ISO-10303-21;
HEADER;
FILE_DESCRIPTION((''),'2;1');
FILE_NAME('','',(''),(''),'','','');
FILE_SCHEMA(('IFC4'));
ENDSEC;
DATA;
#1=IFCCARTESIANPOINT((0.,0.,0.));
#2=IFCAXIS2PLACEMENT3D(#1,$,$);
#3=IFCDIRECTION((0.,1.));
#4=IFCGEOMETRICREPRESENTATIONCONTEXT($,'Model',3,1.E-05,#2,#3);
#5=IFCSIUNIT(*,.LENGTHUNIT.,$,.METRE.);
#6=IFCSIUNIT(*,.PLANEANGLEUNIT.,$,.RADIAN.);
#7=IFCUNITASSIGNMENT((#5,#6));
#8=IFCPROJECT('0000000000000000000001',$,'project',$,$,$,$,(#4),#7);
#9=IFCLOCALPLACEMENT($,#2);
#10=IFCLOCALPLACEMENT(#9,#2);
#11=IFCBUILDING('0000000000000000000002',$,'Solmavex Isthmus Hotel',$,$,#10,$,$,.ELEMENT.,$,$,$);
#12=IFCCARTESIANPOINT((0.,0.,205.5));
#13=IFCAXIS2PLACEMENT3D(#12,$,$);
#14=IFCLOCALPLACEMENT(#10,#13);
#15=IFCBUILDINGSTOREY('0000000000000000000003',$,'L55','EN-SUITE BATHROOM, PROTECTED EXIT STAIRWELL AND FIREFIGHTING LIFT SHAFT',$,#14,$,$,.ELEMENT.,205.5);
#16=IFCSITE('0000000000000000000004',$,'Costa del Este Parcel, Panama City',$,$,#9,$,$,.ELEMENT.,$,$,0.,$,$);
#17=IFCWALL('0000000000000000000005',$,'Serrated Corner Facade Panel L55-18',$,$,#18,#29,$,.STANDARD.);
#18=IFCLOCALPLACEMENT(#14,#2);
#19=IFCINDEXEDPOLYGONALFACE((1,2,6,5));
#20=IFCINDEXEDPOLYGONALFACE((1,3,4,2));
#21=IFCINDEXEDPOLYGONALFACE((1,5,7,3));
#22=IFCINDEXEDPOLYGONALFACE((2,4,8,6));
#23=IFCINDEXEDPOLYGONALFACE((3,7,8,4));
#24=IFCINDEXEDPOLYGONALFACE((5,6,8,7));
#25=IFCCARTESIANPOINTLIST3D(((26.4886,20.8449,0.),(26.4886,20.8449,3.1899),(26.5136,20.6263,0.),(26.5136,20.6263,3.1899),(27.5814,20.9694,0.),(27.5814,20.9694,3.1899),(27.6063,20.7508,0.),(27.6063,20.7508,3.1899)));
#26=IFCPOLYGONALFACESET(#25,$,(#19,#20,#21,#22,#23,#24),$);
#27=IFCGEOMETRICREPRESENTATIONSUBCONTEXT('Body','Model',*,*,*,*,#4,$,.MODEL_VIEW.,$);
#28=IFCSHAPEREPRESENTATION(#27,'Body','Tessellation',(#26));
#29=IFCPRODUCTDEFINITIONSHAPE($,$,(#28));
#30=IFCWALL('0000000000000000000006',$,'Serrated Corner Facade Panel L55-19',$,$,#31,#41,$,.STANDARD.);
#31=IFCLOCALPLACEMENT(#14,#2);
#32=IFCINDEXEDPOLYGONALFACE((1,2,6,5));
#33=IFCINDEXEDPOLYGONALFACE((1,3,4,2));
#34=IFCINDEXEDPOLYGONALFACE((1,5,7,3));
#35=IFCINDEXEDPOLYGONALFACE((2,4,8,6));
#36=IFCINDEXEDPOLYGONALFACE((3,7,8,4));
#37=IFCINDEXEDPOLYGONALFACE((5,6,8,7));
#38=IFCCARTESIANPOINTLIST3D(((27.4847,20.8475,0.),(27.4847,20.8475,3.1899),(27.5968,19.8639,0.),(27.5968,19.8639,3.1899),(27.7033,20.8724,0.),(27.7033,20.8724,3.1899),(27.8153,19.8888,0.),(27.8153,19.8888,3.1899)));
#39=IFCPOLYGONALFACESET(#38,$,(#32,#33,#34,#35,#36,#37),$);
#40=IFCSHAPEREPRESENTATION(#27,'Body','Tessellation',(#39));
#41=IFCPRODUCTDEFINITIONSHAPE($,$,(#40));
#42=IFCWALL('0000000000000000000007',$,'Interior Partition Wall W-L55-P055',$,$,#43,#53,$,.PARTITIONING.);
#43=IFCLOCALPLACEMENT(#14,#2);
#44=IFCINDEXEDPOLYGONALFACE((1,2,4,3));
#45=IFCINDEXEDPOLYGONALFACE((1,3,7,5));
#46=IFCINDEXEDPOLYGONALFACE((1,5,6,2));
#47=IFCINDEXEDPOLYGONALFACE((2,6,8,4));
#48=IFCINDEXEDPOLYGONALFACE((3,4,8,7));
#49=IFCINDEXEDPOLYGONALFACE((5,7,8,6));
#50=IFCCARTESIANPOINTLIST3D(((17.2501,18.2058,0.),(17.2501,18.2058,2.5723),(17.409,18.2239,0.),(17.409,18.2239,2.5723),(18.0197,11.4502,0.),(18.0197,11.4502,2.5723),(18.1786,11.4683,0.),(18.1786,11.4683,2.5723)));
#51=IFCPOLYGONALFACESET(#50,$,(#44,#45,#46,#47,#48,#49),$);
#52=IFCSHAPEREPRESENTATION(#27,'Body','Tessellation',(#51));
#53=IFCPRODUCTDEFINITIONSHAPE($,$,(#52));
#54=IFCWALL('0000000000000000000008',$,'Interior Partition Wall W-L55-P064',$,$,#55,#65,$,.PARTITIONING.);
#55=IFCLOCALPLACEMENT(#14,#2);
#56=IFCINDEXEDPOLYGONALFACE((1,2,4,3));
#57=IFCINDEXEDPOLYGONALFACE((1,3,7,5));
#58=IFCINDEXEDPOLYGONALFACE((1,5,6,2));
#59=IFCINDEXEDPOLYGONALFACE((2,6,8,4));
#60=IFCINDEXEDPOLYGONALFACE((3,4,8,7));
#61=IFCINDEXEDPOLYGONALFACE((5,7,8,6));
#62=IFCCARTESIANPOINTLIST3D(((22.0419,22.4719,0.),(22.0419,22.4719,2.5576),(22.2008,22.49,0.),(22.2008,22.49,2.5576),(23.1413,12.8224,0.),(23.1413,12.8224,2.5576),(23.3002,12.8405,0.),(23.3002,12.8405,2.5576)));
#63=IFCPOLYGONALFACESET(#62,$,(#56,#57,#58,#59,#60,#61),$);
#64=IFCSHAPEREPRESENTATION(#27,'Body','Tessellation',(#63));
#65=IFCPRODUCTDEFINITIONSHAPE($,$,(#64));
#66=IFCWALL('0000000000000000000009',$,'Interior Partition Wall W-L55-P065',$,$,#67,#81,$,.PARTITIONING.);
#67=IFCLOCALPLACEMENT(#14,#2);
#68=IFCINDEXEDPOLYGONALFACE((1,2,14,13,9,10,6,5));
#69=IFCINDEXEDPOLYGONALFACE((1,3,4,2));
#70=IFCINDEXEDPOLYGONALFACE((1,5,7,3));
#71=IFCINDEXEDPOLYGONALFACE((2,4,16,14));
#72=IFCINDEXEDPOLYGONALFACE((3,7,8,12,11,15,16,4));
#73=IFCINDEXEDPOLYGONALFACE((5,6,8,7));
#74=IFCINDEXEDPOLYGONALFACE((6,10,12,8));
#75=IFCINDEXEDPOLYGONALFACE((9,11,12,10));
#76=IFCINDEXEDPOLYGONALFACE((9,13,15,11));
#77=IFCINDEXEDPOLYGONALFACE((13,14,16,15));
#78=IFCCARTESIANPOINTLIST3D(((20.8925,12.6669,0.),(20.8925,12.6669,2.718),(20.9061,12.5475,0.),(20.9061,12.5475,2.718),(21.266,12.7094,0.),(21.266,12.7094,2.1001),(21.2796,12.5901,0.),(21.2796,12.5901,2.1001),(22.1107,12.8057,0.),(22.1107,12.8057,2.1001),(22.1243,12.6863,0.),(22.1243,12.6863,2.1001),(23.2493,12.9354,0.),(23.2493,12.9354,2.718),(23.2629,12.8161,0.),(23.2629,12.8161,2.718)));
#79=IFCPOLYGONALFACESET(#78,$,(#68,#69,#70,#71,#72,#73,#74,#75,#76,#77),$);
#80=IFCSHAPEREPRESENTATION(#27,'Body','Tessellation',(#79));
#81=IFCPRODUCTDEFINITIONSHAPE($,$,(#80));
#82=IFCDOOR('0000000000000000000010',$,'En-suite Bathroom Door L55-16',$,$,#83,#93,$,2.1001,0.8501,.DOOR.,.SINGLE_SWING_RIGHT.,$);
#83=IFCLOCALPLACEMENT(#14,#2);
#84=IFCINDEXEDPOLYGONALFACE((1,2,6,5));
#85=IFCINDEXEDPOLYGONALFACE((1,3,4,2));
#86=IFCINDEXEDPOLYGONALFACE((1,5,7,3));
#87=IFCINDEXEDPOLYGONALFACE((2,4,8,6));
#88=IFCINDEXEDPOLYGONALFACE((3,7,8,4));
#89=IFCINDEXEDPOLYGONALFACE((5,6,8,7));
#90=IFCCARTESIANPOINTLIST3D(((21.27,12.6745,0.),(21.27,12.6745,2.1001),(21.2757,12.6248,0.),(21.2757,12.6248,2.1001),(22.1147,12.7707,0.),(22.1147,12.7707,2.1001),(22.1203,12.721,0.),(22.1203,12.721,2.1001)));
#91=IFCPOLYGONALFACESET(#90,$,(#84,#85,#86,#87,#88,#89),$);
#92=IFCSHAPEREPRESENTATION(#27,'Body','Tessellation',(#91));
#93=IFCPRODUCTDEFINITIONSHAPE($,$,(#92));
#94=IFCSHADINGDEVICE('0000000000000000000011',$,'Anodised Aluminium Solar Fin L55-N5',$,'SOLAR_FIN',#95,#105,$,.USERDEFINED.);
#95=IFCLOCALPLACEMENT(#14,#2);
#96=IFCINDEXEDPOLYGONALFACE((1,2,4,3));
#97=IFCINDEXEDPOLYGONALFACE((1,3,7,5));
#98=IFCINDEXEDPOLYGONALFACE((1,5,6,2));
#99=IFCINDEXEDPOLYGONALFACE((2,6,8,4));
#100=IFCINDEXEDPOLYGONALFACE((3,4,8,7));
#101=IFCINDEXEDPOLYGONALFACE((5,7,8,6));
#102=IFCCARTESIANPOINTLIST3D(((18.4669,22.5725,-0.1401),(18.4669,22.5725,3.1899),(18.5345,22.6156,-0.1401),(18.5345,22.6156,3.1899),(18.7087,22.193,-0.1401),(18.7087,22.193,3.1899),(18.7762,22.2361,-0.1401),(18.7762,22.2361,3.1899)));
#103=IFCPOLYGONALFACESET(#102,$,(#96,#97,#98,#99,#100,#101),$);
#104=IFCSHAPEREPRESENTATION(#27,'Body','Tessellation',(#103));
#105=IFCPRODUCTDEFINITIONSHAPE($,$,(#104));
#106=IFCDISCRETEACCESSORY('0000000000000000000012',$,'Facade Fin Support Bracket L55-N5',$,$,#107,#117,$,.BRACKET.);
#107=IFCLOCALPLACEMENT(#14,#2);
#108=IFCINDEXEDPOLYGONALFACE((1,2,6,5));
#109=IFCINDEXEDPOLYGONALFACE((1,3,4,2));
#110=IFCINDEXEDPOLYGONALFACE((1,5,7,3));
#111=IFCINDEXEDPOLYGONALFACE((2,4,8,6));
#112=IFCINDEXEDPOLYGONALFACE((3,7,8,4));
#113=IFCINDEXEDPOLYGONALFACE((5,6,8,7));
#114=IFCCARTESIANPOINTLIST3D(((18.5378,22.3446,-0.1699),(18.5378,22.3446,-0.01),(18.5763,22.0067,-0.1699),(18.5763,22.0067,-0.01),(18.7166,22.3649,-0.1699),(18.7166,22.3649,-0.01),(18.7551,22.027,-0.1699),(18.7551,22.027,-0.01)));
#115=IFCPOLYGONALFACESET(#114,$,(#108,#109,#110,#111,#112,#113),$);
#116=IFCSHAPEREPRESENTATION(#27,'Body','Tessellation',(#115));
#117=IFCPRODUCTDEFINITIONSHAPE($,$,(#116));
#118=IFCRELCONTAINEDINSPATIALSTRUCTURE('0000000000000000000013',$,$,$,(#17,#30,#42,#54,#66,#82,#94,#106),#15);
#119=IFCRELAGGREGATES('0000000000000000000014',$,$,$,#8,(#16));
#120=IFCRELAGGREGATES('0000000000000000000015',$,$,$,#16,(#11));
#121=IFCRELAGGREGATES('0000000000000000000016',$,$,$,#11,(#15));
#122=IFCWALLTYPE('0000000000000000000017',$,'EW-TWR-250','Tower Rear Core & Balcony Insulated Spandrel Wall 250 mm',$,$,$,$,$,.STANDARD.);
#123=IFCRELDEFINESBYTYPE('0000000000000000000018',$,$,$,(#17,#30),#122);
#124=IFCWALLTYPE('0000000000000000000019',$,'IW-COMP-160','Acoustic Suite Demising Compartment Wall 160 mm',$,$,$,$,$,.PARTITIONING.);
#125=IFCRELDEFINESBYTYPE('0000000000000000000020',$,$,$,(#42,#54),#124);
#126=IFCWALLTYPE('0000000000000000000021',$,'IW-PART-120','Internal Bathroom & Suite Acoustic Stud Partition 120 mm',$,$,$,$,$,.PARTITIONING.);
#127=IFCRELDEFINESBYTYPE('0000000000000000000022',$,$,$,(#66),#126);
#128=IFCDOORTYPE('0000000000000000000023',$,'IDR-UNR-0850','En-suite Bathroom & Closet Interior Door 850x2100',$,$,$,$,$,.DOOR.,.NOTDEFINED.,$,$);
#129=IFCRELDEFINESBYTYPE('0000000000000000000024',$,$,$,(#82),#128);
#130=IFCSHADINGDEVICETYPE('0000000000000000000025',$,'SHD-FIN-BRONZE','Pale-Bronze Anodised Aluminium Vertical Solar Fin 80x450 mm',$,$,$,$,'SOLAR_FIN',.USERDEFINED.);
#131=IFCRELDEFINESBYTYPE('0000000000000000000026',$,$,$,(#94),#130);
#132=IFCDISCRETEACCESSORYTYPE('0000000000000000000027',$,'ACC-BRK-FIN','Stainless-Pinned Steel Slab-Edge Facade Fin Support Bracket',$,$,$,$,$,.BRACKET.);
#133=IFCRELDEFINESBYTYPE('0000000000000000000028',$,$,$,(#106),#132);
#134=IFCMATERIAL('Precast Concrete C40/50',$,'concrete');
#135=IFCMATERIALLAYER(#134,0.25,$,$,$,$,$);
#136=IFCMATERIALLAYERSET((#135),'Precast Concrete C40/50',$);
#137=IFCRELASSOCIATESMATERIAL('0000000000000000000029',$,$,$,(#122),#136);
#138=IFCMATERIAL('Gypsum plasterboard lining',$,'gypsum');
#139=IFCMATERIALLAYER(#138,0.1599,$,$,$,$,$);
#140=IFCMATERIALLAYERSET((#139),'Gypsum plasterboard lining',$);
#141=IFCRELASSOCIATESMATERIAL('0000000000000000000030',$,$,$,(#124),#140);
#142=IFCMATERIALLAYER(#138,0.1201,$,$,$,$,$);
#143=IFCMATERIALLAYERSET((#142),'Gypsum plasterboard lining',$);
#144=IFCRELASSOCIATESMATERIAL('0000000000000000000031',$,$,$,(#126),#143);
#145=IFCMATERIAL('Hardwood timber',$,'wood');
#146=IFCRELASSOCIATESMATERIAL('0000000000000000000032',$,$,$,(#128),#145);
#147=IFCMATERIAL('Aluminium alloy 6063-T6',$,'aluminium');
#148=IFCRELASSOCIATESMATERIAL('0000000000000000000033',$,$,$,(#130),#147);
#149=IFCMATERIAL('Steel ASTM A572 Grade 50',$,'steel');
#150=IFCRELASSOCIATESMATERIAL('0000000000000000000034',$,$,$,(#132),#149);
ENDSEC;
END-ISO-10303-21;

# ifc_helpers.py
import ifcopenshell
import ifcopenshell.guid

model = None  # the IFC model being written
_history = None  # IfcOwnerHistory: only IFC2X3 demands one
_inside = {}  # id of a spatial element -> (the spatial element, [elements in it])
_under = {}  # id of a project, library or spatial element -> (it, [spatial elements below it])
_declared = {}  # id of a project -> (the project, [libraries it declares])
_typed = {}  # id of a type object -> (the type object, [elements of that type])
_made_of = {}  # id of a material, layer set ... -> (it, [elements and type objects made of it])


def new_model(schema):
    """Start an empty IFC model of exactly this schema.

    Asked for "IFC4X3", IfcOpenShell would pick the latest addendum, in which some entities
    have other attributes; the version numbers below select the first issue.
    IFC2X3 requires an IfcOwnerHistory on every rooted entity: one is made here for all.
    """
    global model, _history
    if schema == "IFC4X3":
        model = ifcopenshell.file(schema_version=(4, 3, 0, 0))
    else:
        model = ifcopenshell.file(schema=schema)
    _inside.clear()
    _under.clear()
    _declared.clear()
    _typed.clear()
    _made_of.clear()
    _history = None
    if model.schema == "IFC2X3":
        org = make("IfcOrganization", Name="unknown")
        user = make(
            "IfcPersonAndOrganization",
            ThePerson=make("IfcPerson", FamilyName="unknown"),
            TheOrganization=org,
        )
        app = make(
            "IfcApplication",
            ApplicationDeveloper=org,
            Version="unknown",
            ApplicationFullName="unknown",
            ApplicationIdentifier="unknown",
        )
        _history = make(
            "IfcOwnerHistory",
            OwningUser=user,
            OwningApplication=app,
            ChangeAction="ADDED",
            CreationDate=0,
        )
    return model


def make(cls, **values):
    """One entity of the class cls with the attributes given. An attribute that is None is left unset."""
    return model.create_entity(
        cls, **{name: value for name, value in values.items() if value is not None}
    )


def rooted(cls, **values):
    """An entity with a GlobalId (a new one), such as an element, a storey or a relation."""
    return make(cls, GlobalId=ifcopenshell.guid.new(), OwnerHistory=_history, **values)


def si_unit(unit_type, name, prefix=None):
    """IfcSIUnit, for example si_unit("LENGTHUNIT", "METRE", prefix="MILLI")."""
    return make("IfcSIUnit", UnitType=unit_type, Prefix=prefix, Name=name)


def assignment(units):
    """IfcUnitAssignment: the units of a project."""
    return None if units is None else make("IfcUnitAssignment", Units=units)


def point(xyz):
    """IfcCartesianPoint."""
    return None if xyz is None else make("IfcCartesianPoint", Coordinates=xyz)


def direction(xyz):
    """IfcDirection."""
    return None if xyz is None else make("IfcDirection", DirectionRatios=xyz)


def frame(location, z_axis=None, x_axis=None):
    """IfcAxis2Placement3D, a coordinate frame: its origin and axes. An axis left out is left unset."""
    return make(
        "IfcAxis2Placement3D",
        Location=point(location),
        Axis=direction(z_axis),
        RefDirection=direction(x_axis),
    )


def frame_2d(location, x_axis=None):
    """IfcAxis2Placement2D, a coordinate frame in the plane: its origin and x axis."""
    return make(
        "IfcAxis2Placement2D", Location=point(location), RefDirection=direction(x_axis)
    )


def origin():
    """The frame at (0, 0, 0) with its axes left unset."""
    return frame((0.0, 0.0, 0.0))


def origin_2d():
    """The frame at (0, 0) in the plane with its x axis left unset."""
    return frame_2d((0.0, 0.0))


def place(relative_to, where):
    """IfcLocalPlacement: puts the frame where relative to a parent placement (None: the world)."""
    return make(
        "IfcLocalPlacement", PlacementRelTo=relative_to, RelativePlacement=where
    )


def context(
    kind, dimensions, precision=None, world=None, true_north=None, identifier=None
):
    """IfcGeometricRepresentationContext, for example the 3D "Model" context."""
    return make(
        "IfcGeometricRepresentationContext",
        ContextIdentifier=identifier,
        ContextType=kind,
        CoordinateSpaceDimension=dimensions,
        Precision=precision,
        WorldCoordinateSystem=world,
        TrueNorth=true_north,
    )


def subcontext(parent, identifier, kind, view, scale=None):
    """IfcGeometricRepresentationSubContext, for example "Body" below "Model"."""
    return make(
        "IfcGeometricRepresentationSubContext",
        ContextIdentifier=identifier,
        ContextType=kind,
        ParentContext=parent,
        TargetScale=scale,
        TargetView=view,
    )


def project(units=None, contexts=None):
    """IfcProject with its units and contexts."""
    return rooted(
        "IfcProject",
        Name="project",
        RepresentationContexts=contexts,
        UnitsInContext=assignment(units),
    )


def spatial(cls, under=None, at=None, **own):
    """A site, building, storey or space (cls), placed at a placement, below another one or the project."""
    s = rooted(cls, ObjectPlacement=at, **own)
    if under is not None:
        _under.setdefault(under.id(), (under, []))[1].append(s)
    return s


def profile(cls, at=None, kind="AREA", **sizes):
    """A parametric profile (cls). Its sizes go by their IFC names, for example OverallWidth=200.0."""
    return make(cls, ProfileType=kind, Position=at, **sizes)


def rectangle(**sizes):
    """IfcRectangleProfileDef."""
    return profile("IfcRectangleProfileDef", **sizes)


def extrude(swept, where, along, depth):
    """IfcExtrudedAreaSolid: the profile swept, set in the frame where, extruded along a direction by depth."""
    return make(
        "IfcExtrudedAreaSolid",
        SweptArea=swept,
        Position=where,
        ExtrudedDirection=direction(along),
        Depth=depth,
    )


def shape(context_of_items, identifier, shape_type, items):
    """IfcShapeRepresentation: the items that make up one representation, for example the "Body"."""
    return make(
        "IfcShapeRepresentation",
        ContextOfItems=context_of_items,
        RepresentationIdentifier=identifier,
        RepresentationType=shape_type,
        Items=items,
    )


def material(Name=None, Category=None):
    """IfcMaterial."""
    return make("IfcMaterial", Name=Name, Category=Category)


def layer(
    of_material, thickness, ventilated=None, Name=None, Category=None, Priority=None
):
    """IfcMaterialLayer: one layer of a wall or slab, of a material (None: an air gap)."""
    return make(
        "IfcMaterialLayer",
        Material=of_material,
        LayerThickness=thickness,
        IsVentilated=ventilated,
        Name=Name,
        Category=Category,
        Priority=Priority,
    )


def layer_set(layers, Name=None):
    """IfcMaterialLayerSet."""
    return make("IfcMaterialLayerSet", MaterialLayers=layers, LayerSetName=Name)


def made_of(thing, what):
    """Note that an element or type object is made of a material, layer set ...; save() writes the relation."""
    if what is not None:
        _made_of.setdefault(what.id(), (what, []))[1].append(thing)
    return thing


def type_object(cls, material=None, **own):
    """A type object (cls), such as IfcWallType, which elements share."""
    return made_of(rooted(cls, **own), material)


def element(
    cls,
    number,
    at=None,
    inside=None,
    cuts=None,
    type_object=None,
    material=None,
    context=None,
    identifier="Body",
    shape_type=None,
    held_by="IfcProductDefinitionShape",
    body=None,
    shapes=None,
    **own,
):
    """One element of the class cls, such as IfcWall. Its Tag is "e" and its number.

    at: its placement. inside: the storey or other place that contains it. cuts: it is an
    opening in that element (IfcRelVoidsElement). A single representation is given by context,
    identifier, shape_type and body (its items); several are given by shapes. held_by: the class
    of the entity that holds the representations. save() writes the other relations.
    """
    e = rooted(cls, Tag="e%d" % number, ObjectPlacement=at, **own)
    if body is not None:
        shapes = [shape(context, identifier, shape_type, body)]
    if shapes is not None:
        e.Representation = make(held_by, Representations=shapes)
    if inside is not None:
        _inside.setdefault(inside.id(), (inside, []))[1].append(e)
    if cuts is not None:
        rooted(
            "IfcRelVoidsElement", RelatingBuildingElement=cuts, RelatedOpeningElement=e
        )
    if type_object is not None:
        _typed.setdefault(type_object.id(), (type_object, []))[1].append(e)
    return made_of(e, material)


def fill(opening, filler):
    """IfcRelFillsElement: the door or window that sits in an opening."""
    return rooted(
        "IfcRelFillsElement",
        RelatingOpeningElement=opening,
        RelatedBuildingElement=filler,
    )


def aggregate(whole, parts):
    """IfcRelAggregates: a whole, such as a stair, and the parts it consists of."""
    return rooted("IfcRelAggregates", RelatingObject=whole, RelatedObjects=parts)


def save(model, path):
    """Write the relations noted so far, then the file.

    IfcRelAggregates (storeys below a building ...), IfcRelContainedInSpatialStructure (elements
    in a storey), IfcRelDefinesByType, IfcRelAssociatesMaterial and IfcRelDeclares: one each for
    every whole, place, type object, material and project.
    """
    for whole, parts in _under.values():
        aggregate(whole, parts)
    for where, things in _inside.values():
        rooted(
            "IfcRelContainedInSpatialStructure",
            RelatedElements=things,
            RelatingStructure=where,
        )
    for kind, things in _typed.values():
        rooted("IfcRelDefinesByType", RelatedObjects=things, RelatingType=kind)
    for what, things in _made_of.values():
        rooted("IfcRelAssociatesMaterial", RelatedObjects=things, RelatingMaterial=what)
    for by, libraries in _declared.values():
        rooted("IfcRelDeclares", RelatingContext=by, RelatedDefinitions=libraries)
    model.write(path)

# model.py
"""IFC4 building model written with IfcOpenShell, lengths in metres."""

from ifc_helpers import new_model, si_unit, direction, frame, frame_2d, origin, origin_2d, place, context, subcontext, project, spatial, rectangle, extrude, material, layer, layer_set, type_object, element, fill, save


model = new_model("IFC4")

# Units and contexts
model_context = context("Model", 3, precision=1e-05, world=origin(), true_north=direction((0.0, 1.0)))
body_context = subcontext(model_context, "Body", "Model", "MODEL_VIEW")
ifc_project = project(units=[si_unit("LENGTHUNIT", "METRE"), si_unit("PLANEANGLEUNIT", "RADIAN")], contexts=[model_context])

# Site, building, storey
site_placement = place(None, origin())
site = spatial("IfcSite", under=ifc_project, at=site_placement, Name="Costa del Este Parcel, Panama City", CompositionType="ELEMENT", RefElevation=0.0)
building_placement = place(site_placement, origin())
building = spatial("IfcBuilding", under=site, at=building_placement, Name="Solmavex Isthmus Hotel", CompositionType="ELEMENT")
storey_placement = place(building_placement, frame((0.0, 0.0, 205.5)))
storey = spatial("IfcBuildingStorey", under=building, at=storey_placement, Name="L55", Description="EN-SUITE BATHROOM, PROTECTED EXIT STAIRWELL AND FIREFIGHTING LIFT SHAFT", CompositionType="ELEMENT", Elevation=205.5)

# Shared definitions
ifc_material_1 = material(Name="Aluminium alloy 6063-T6", Category="aluminium")

# Walls
ifc_material_2 = material(Name="Precast Concrete C40/50", Category="concrete")
ifc_layer_1 = layer(ifc_material_2, 0.25)
ifc_layer_set_1 = layer_set([ifc_layer_1], Name="Precast Concrete C40/50")
wall_type_1 = type_object("IfcWallType", Name="EW-TWR-250", Description="Tower Rear Core & Balcony Insulated Spandrel Wall 250 mm", PredefinedType="STANDARD", material=ifc_layer_set_1)
wall_1_placement = place(storey_placement, frame((26.5012, 20.7356, 0.0), z_axis=(0.0, 0.0, 1.0), x_axis=(0.993571, 0.113209, 0.0)))
element("IfcWall", 1, at=wall_1_placement, inside=storey, type_object=wall_type_1, Name="Serrated Corner Facade Panel L55-18", PredefinedType="STANDARD", context=body_context, shape_type="SweptSolid", body=[
    extrude(rectangle(XDim=1.0999, YDim=0.22, at=frame_2d((0.5498, 0.0))), origin(), (0.0, 0.0, 1.0), 3.1899),
])
wall_2_placement = place(storey_placement, frame((27.594, 20.8601, 0.0), z_axis=(0.0, 0.0, 1.0), x_axis=(0.113192, -0.993573, 0.0)))
element("IfcWall", 2, at=wall_2_placement, inside=storey, type_object=wall_type_1, Name="Serrated Corner Facade Panel L55-19", PredefinedType="STANDARD", context=body_context, shape_type="SweptSolid", body=[
    extrude(rectangle(XDim=0.99, YDim=0.22, at=frame_2d((0.4951, 0.0))), origin(), (0.0, 0.0, 1.0), 3.1899),
])
ifc_material_3 = material(Name="Gypsum plasterboard lining", Category="gypsum")
ifc_layer_2 = layer(ifc_material_3, 0.1599)
ifc_layer_set_2 = layer_set([ifc_layer_2], Name="Gypsum plasterboard lining")
wall_type_2 = type_object("IfcWallType", Name="IW-COMP-160", Description="Acoustic Suite Demising Compartment Wall 160 mm", PredefinedType="PARTITIONING", material=ifc_layer_set_2)
wall_3_placement = place(storey_placement, frame((17.3296, 18.2148, 0.0), z_axis=(0.0, 0.0, 1.0), x_axis=(0.113178, -0.993575, 0.0)))
element("IfcWall", 3, at=wall_3_placement, inside=storey, type_object=wall_type_2, Name="Interior Partition Wall W-L55-P055", PredefinedType="PARTITIONING", context=body_context, shape_type="SweptSolid", body=[
    extrude(rectangle(XDim=6.7993, YDim=0.1599, at=frame_2d((3.3997, 0.0))), origin(), (0.0, 0.0, 1.0), 2.5723),
])
wall_4_placement = place(storey_placement, frame((22.1213, 22.481, 0.0), z_axis=(0.0, 0.0, 1.0), x_axis=(0.113198, -0.993572, 0.0)))
element("IfcWall", 4, at=wall_4_placement, inside=storey, type_object=wall_type_2, Name="Interior Partition Wall W-L55-P064", PredefinedType="PARTITIONING", context=body_context, shape_type="SweptSolid", body=[
    extrude(rectangle(XDim=9.7119, YDim=0.1599, at=frame_2d((4.856, 0.0))), origin(), (0.0, 0.0, 1.0), 2.5576),
])

# Wall, opening, door
ifc_layer_3 = layer(ifc_material_3, 0.1201)
ifc_layer_set_3 = layer_set([ifc_layer_3], Name="Gypsum plasterboard lining")
wall_type_3 = type_object("IfcWallType", Name="IW-PART-120", Description="Internal Bathroom & Suite Acoustic Stud Partition 120 mm", PredefinedType="PARTITIONING", material=ifc_layer_set_3)
wall_5_placement = place(storey_placement, frame((23.2561, 12.8757, 0.0), z_axis=(0.0, 0.0, 1.0), x_axis=(-0.993571, -0.11321, 0.0)))
wall_5 = element("IfcWall", 5, at=wall_5_placement, inside=storey, type_object=wall_type_3, Name="Interior Partition Wall W-L55-P065", PredefinedType="PARTITIONING", context=body_context, shape_type="SweptSolid", body=[
    extrude(rectangle(XDim=2.3721, YDim=0.1201, at=frame_2d((1.186, 0.0))), origin(), (0.0, 0.0, 1.0), 2.718),
])
opening_placement = place(wall_5_placement, frame((1.146, 0.0, 0.0)))
opening = element("IfcOpeningElement", 6, at=opening_placement, cuts=wall_5, PredefinedType="OPENING", context=body_context, shape_type="SweptSolid", body=[
    extrude(rectangle(XDim=0.8501, YDim=2.1001, at=frame_2d((0.425, 1.05))), frame((0.0, 0.0701, 0.0), z_axis=(0.0, -1.0, 0.0), x_axis=(1.0, 0.0, 0.0)), (0.0, 0.0, 1.0), 0.1401),
])
ifc_material_4 = material(Name="Hardwood timber", Category="wood")
door_type = type_object("IfcDoorType", Name="IDR-UNR-0850", Description="En-suite Bathroom & Closet Interior Door 850x2100", OperationType="NOTDEFINED", PredefinedType="DOOR", material=ifc_material_4)
door_placement = place(opening_placement, frame((0.8501, 0.0, 0.0), z_axis=(0.0, 0.0, 1.0), x_axis=(-1.0, 0.0, 0.0)))
door = element("IfcDoor", 7, at=door_placement, inside=storey, type_object=door_type, Name="En-suite Bathroom Door L55-16", OperationType="SINGLE_SWING_RIGHT", OverallHeight=2.1001, OverallWidth=0.8501, PredefinedType="DOOR", context=body_context, shape_type="SweptSolid", body=[
    extrude(rectangle(XDim=0.8501, YDim=2.1001, at=frame_2d((0.425, 1.05))), frame((0.0, 0.0249, 0.0), z_axis=(0.0, -1.0, 0.0), x_axis=(1.0, 0.0, 0.0)), (0.0, 0.0, 1.0), 0.05),
])
fill(opening, door)

# Shading device
shading_device_type = type_object("IfcShadingDeviceType", Name="SHD-FIN-BRONZE", Description="Pale-Bronze Anodised Aluminium Vertical Solar Fin 80x450 mm", ElementType="SOLAR_FIN", PredefinedType="USERDEFINED", material=ifc_material_1)
shading_device_placement = place(storey_placement, frame((18.6216, 22.4043, -0.1401), z_axis=(0.0, 0.0, 1.0), x_axis=(-0.5373, 0.843391, 0.0)))
element("IfcShadingDevice", 8, at=shading_device_placement, inside=storey, type_object=shading_device_type, Name="Anodised Aluminium Solar Fin L55-N5", ObjectType="SOLAR_FIN", PredefinedType="USERDEFINED", context=body_context, shape_type="SweptSolid", body=[
    extrude(rectangle(XDim=0.45, YDim=0.0801, at=origin_2d()), origin(), (0.0, 0.0, 1.0), 3.3301),
])

# Discrete accessory
ifc_material_5 = material(Name="Steel ASTM A572 Grade 50", Category="steel")
discrete_accessory_type = type_object("IfcDiscreteAccessoryType", Name="ACC-BRK-FIN", Description="Stainless-Pinned Steel Slab-Edge Facade Fin Support Bracket", PredefinedType="BRACKET", material=ifc_material_5)
discrete_accessory_placement = place(storey_placement, frame((18.6465, 22.1858, -0.1699), z_axis=(0.0, 0.0, 1.0), x_axis=(-0.113203, 0.993572, 0.0)))
element("IfcDiscreteAccessory", 9, at=discrete_accessory_placement, inside=storey, type_object=discrete_accessory_type, Name="Facade Fin Support Bracket L55-N5", PredefinedType="BRACKET", context=body_context, shape_type="SweptSolid", body=[
    extrude(rectangle(XDim=0.3401, YDim=0.1799, at=origin_2d()), origin(), (0.0, 0.0, 1.0), 0.1599),
])

save(model, "model.ifc")
